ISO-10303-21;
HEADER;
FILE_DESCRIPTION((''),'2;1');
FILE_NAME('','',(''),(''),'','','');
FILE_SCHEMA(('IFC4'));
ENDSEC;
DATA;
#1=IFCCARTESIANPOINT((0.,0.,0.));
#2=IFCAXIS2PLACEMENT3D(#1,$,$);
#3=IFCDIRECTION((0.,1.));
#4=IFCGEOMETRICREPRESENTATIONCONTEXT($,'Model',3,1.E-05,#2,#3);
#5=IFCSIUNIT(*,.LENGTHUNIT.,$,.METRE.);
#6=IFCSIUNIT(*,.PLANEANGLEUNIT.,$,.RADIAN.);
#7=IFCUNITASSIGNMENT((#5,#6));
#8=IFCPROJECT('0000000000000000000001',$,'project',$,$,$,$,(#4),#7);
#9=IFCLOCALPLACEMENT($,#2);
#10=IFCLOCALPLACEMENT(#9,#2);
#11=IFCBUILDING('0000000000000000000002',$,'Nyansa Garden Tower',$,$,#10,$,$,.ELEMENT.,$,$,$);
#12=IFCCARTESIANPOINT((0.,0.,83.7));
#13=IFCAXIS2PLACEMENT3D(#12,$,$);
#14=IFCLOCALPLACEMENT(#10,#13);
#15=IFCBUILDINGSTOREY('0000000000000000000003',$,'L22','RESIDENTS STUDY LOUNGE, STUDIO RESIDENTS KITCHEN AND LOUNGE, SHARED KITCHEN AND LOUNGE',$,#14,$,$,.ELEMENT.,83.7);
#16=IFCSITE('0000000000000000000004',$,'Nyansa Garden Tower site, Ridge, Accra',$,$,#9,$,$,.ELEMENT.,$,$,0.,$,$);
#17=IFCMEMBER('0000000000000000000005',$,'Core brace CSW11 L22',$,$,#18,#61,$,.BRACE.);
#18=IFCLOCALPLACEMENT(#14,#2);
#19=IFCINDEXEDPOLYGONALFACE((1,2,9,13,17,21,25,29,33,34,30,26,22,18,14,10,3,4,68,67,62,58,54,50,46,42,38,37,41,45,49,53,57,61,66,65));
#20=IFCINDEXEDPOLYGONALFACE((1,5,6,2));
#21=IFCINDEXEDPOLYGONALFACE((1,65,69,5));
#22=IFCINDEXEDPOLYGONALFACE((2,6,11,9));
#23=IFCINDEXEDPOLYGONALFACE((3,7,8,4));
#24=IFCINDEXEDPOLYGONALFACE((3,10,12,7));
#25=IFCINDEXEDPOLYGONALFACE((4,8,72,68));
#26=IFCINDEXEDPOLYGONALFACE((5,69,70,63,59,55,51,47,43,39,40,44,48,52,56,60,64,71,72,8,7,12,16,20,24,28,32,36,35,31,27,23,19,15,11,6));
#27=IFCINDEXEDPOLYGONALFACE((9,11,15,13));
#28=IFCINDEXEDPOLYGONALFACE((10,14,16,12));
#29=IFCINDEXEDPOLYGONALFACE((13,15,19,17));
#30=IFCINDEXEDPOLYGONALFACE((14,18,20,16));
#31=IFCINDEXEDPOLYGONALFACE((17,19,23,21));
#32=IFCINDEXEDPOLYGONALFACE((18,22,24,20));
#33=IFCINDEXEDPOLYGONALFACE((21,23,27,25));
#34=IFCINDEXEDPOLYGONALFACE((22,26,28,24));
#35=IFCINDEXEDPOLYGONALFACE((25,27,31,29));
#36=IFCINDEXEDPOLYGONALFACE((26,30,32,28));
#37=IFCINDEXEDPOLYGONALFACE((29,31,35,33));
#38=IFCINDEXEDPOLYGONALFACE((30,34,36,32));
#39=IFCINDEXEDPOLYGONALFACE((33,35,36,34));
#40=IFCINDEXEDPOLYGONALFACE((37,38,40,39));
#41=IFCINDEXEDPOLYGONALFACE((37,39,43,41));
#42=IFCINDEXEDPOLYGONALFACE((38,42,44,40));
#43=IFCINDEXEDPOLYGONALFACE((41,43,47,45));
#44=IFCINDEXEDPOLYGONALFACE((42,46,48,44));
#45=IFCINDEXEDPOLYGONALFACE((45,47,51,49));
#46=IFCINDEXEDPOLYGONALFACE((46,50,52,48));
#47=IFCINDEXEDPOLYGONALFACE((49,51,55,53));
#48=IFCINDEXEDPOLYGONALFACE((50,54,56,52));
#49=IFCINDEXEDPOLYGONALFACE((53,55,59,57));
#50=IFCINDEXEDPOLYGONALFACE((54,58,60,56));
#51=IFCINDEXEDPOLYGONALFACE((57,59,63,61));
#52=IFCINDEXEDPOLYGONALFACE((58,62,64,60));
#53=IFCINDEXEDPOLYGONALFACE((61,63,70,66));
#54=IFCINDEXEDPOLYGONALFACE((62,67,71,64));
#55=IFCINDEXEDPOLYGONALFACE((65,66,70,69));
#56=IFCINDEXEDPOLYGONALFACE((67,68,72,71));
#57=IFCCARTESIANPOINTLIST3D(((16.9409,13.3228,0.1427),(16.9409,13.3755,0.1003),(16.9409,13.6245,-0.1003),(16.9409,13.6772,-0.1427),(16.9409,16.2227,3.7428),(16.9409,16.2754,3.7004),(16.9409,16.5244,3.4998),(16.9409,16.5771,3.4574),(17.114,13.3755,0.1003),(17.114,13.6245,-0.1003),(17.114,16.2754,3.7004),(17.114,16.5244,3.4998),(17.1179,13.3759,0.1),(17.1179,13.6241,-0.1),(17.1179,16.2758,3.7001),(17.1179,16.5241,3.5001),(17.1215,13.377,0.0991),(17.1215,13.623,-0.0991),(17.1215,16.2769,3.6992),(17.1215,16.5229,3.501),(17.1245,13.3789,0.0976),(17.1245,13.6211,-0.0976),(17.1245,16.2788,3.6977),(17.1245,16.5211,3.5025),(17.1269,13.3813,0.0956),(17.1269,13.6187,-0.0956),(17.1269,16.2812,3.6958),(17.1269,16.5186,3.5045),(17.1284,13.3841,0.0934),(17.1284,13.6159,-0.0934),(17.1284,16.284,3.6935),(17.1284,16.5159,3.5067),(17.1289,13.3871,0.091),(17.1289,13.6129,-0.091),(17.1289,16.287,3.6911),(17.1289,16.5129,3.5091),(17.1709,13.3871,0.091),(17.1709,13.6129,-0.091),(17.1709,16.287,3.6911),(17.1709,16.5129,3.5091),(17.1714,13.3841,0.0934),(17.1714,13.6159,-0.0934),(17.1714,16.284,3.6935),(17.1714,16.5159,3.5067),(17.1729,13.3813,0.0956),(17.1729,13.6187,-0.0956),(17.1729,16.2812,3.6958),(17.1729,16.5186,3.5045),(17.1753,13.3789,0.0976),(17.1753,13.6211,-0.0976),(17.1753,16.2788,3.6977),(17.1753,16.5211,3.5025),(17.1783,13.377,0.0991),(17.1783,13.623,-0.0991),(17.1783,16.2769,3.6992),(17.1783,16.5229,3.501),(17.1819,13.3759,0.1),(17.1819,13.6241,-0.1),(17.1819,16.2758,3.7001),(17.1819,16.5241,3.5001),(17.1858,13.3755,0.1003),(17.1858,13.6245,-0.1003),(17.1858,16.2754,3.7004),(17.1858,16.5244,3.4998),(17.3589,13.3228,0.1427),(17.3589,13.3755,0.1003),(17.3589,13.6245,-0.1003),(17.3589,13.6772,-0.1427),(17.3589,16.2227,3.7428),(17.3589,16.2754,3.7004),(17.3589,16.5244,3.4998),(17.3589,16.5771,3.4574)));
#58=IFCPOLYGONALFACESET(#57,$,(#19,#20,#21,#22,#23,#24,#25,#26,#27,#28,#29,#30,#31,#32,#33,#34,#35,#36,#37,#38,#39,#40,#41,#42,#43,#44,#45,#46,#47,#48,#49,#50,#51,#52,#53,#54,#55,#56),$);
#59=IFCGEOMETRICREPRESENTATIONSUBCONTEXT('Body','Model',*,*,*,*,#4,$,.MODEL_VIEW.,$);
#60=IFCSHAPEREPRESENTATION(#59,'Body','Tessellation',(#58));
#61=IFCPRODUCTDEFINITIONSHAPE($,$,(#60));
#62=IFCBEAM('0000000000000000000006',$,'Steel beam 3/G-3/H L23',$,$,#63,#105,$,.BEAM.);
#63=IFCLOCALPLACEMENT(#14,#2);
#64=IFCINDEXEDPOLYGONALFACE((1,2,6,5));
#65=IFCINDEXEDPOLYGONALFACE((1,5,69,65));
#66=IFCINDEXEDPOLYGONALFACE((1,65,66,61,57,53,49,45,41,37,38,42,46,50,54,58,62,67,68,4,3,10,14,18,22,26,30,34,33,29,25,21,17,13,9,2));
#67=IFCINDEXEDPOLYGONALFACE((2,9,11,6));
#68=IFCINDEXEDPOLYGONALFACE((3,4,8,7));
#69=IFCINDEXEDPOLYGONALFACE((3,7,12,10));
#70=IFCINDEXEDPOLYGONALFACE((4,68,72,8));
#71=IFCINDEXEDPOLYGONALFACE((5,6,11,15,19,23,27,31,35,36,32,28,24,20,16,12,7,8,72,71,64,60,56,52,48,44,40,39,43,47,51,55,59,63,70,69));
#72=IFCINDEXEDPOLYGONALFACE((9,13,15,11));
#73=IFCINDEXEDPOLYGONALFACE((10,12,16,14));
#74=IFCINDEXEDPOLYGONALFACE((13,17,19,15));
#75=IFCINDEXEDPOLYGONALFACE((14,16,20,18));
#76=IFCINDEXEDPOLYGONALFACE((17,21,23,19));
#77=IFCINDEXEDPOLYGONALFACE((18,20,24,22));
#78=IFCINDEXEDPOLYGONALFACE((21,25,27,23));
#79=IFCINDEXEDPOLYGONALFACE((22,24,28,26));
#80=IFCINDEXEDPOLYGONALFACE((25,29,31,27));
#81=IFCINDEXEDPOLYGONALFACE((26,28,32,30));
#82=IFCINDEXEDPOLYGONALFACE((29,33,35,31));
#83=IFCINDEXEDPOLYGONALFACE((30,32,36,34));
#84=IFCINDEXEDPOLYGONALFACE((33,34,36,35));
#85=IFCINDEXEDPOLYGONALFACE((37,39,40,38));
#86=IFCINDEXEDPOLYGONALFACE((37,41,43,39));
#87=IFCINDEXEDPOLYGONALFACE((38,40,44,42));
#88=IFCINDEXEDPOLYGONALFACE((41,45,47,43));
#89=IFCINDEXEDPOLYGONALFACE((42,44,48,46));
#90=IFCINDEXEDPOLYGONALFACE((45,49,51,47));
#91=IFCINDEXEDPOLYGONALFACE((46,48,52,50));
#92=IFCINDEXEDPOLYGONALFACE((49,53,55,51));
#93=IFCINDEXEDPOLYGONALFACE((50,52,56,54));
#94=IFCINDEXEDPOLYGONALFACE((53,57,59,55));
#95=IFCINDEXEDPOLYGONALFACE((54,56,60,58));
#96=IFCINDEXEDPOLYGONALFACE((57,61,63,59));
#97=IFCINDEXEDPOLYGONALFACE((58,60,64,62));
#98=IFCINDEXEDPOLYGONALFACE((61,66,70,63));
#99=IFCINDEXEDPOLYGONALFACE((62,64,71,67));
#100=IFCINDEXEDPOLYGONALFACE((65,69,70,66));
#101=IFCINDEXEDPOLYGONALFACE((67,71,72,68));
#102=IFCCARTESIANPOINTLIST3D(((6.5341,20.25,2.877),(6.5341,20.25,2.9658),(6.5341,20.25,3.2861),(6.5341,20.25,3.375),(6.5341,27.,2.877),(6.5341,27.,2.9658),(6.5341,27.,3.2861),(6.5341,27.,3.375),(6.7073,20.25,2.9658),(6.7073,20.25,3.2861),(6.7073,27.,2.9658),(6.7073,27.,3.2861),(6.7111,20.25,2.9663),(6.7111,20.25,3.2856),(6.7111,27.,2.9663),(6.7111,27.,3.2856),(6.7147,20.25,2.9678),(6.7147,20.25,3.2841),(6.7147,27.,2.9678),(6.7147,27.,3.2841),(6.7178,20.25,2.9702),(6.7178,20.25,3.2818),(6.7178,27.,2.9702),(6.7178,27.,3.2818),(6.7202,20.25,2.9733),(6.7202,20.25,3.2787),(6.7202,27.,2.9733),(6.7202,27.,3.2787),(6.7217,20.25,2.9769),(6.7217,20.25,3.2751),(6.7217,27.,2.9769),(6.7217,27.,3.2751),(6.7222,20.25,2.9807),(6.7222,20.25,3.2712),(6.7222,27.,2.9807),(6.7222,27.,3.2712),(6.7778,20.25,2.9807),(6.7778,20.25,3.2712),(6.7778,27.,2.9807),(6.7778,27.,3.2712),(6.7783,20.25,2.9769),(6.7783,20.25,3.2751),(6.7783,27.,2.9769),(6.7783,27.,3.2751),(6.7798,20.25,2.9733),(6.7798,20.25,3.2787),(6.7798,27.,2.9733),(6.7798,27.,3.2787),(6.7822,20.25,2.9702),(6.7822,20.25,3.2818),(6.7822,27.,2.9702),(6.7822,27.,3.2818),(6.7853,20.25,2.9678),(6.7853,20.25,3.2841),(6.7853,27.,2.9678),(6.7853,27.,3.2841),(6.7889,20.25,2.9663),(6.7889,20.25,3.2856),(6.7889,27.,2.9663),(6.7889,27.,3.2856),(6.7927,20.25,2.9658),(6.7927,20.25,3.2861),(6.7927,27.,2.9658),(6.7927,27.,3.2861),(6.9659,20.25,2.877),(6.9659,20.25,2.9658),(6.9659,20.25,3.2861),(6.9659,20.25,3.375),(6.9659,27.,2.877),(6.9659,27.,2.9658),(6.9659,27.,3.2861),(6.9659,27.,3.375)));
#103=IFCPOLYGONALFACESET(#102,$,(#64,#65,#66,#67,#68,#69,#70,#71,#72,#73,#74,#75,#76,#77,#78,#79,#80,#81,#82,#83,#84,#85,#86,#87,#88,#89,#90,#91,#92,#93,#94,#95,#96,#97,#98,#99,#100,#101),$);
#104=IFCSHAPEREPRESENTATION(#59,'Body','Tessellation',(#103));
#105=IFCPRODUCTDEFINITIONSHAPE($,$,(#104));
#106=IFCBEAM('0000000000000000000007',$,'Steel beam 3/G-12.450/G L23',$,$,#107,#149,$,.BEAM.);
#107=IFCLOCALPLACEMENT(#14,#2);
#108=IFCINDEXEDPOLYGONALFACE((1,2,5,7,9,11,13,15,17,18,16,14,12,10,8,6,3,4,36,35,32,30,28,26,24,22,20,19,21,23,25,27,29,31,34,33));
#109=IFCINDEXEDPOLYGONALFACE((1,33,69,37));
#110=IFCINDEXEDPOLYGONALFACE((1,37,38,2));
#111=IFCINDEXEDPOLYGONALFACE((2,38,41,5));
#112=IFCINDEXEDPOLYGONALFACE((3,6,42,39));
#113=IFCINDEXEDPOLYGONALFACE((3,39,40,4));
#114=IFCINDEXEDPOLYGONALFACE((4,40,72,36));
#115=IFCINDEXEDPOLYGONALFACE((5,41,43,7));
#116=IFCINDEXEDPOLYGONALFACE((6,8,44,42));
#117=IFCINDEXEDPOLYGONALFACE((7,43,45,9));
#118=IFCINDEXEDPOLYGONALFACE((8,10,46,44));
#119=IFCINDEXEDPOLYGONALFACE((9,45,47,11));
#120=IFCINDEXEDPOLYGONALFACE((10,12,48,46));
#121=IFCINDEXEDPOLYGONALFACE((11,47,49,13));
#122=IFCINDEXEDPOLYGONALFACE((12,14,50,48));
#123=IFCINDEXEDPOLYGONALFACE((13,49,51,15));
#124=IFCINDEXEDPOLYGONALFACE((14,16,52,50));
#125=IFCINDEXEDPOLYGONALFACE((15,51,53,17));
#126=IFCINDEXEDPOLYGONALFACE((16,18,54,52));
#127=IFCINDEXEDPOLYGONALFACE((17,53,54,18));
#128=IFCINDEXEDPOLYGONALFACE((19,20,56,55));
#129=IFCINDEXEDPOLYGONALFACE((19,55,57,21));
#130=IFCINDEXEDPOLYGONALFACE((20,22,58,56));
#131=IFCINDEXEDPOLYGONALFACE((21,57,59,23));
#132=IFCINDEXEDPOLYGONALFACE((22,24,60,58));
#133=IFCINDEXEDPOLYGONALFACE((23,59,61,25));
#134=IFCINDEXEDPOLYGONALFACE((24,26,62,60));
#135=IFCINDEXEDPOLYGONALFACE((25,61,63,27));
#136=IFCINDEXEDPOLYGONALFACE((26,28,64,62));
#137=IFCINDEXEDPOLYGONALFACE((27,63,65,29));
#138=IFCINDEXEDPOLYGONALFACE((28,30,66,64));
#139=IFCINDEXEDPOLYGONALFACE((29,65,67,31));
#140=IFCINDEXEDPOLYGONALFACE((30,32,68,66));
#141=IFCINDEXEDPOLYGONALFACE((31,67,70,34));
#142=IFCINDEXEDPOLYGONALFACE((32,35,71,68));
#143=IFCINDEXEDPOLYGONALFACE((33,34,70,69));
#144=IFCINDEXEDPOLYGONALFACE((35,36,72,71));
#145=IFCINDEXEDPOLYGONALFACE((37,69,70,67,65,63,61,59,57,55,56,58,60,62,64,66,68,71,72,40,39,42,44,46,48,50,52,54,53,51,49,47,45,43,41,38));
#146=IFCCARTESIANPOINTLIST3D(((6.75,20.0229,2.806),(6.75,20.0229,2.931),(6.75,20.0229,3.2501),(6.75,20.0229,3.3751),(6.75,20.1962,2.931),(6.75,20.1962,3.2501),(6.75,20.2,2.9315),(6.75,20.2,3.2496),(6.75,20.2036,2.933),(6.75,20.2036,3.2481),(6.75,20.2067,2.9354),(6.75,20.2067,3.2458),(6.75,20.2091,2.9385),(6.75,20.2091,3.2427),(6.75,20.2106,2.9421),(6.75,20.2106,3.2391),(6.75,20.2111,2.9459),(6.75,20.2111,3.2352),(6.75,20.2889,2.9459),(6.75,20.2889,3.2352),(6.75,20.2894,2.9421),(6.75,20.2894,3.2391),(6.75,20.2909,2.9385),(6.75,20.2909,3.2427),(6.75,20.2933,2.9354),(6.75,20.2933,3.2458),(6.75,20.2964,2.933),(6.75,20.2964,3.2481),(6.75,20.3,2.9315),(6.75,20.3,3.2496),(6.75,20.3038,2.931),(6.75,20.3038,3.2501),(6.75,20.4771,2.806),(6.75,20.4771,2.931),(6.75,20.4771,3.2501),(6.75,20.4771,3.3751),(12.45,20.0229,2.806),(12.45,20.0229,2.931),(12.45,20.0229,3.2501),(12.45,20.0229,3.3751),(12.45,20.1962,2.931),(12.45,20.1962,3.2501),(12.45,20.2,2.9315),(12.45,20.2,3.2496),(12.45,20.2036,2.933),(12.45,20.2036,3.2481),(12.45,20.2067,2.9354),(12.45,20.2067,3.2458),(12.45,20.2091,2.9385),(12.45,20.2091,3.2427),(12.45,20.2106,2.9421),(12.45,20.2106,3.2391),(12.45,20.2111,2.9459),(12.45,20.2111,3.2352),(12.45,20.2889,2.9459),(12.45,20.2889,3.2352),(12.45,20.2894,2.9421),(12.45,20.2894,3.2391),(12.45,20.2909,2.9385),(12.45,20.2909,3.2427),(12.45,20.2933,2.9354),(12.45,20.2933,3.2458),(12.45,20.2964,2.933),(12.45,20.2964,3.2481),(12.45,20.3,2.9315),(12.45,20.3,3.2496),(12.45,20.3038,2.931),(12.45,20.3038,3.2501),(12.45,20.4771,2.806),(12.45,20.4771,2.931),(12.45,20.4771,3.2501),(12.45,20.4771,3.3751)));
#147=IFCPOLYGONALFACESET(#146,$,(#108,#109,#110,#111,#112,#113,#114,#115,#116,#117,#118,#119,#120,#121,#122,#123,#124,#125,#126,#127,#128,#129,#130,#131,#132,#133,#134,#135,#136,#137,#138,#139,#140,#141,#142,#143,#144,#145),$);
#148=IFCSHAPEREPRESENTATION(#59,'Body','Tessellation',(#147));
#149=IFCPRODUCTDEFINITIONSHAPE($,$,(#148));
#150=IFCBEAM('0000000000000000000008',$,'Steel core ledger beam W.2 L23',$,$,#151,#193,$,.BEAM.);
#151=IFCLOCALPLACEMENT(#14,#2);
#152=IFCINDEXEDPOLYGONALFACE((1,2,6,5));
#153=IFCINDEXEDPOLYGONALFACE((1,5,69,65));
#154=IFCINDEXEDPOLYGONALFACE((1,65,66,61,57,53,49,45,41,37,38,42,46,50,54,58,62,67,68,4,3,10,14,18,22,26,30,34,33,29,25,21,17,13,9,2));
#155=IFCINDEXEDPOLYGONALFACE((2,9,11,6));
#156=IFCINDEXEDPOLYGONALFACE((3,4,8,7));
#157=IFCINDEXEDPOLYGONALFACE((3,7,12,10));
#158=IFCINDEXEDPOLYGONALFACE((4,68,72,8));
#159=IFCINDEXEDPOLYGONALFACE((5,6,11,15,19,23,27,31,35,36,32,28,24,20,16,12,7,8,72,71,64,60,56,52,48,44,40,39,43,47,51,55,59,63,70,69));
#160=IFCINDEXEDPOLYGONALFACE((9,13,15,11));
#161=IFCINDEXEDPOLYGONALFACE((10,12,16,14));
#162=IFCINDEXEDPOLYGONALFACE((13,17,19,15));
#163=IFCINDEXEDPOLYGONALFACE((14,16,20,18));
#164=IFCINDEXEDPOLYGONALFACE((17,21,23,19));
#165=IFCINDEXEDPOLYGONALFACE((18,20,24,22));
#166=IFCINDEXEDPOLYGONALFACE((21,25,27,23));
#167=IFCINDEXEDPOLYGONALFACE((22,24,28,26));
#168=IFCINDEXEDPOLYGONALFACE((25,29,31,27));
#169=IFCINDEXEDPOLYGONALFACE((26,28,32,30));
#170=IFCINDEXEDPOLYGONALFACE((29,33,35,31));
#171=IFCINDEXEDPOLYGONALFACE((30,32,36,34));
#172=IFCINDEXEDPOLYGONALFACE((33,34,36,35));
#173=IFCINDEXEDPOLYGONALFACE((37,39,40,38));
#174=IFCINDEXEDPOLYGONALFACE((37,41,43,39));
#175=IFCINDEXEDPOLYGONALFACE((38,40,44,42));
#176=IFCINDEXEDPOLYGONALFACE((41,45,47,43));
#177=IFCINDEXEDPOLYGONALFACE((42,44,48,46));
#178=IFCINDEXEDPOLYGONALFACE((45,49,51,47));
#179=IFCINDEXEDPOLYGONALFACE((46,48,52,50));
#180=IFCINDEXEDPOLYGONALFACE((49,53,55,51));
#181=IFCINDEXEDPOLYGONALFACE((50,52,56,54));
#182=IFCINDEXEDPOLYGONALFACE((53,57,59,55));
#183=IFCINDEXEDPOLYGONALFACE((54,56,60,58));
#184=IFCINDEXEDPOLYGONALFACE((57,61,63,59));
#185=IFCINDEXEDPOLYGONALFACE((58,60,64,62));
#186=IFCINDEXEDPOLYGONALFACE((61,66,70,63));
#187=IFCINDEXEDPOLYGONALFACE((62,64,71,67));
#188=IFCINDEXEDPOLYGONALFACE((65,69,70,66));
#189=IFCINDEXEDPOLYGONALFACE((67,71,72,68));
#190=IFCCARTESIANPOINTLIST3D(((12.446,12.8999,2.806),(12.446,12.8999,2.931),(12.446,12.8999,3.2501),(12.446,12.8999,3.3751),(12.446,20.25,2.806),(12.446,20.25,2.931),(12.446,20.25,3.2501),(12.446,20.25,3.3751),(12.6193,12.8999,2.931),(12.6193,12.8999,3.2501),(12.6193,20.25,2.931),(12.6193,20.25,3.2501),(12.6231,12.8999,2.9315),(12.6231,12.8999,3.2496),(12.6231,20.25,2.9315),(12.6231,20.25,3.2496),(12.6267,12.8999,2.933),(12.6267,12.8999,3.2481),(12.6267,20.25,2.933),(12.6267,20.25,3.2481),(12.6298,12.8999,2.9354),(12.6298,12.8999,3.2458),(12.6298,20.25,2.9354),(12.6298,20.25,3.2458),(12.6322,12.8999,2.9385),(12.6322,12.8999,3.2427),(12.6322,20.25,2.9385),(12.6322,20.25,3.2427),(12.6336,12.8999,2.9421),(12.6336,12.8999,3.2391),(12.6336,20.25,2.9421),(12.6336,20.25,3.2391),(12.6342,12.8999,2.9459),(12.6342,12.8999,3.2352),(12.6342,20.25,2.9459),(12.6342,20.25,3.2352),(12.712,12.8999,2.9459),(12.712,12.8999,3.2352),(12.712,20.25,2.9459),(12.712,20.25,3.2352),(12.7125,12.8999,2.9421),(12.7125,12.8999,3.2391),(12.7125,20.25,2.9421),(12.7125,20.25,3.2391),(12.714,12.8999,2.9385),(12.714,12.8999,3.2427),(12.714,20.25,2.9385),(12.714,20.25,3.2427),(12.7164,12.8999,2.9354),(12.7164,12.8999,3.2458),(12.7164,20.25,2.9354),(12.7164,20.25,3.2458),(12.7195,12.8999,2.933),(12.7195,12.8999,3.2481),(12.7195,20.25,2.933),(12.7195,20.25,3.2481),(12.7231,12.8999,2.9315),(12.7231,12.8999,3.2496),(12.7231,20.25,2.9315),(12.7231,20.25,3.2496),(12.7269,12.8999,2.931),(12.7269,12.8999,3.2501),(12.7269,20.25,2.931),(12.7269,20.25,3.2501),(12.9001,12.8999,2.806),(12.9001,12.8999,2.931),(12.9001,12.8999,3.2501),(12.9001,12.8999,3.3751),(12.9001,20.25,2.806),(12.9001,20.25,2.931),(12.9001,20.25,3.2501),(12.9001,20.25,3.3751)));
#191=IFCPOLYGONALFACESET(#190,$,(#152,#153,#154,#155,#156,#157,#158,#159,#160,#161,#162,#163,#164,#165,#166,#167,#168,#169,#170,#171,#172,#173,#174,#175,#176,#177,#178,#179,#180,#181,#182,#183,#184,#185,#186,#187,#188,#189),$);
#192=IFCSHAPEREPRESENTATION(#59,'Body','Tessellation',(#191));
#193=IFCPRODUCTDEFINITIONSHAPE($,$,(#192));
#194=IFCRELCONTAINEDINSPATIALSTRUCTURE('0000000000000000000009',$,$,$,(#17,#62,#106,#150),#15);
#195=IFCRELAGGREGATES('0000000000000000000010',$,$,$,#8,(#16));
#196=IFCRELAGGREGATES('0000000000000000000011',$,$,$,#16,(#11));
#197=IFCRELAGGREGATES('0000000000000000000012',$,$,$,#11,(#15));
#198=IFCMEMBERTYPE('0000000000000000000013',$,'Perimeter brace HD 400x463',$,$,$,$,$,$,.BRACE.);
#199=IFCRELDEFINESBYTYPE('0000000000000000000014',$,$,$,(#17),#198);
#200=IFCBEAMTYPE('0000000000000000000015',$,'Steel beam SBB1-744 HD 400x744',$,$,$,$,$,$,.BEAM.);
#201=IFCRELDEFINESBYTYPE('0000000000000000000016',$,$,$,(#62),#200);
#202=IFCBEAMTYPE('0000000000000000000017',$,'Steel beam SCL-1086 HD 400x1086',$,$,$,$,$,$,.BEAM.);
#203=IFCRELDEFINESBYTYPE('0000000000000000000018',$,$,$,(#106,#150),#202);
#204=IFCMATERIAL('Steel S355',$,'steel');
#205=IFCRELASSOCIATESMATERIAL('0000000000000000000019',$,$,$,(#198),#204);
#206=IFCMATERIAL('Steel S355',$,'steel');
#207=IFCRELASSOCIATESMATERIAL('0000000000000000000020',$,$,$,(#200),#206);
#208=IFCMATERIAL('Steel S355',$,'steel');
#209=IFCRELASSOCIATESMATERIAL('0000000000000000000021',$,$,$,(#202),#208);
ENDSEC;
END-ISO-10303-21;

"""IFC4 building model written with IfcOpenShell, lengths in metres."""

from ifc_helpers import new_model, si_unit, direction, frame, origin, origin_2d, place, context, subcontext, project, spatial, i_section, extrude, material, material_profile, profile_set, type_object, element, save


model = new_model("IFC4")

# Units and contexts
model_context = context("Model", 3, precision=1e-05, world=origin(), true_north=direction((0.0, 1.0)))
body_context = subcontext(model_context, "Body", "Model", "MODEL_VIEW")
ifc_project = project(units=[si_unit("LENGTHUNIT", "METRE"), si_unit("PLANEANGLEUNIT", "RADIAN")], contexts=[model_context])

# Site, building, storey
site_placement = place(None, origin())
site = spatial("IfcSite", under=ifc_project, at=site_placement, Name="Nyansa Garden Tower site, Ridge, Accra", CompositionType="ELEMENT", RefElevation=0.0)
building_placement = place(site_placement, origin())
building = spatial("IfcBuilding", under=site, at=building_placement, Name="Nyansa Garden Tower", CompositionType="ELEMENT")
storey_placement = place(building_placement, frame((0.0, 0.0, 83.7)))
storey = spatial("IfcBuildingStorey", under=building, at=storey_placement, Name="L22", Description="RESIDENTS STUDY LOUNGE, STUDIO RESIDENTS KITCHEN AND LOUNGE, SHARED KITCHEN AND LOUNGE", CompositionType="ELEMENT", Elevation=83.7)

# Member
ifc_material_1 = material(Name="Steel S355", Category="steel")
ifc_material_profile_1 = material_profile(ifc_material_1, i_section(OverallWidth=0.418, OverallDepth=0.4551, WebThickness=0.042, FlangeThickness=0.0676, FilletRadius=0.0149, at=origin_2d()), Name="HD 400x463")
ifc_profile_set_1 = profile_set([ifc_material_profile_1], Name="Steel S355")
member_type = type_object("IfcMemberType", Name="Perimeter brace HD 400x463", PredefinedType="BRACE", material=ifc_profile_set_1)
member_1_placement = place(storey_placement, frame((17.1499, 13.5, 0.0), z_axis=(0.0, 0.627306, 0.778773), x_axis=(-1.0, 0.0, 0.0)))
element("IfcMember", 1, at=member_1_placement, inside=storey, type_object=member_type, Name="Core brace CSW11 L22", PredefinedType="BRACE", context=body_context, shape_type="SweptSolid", body=[
    extrude(i_section(OverallWidth=0.418, OverallDepth=0.4551, WebThickness=0.042, FlangeThickness=0.0676, FilletRadius=0.0149, at=origin_2d()), origin(), (0.0, 0.0, 1.0), 4.6228),
])

# Beams
ifc_material_2 = material(Name="Steel S355", Category="steel")
ifc_material_profile_2 = material_profile(ifc_material_2, i_section(OverallWidth=0.4319, OverallDepth=0.498, WebThickness=0.0557, FlangeThickness=0.0889, FilletRadius=0.0149, at=origin_2d()), Name="HD 400x744")
ifc_profile_set_2 = profile_set([ifc_material_profile_2], Name="Steel S355")
beam_type_1 = type_object("IfcBeamType", Name="Steel beam SBB1-744 HD 400x744", PredefinedType="BEAM", material=ifc_profile_set_2)
beam_1_placement = place(storey_placement, frame((6.75, 20.25, 3.126), z_axis=(0.0, 1.0, 0.0), x_axis=(-1.0, 0.0, 0.0)))
element("IfcBeam", 2, at=beam_1_placement, inside=storey, type_object=beam_type_1, Name="Steel beam 3/G-3/H L23", PredefinedType="BEAM", context=body_context, shape_type="SweptSolid", body=[
    extrude(i_section(OverallWidth=0.4319, OverallDepth=0.498, WebThickness=0.0557, FlangeThickness=0.0889, FilletRadius=0.0149, at=origin_2d()), origin(), (0.0, 0.0, 1.0), 6.75),
])
ifc_material_3 = material(Name="Steel S355", Category="steel")
ifc_material_profile_3 = material_profile(ifc_material_3, i_section(OverallWidth=0.4541, OverallDepth=0.5691, WebThickness=0.0779, FlangeThickness=0.125, FilletRadius=0.0149, at=origin_2d()), Name="HD 400x1086")
ifc_profile_set_3 = profile_set([ifc_material_profile_3], Name="Steel S355")
beam_type_2 = type_object("IfcBeamType", Name="Steel beam SCL-1086 HD 400x1086", PredefinedType="BEAM", material=ifc_profile_set_3)
beam_2_placement = place(storey_placement, frame((6.75, 20.25, 3.0906), z_axis=(1.0, 0.0, 0.0), x_axis=(0.0, 1.0, 0.0)))
element("IfcBeam", 3, at=beam_2_placement, inside=storey, type_object=beam_type_2, Name="Steel beam 3/G-12.450/G L23", PredefinedType="BEAM", context=body_context, shape_type="SweptSolid", body=[
    extrude(i_section(OverallWidth=0.4541, OverallDepth=0.5691, WebThickness=0.0779, FlangeThickness=0.125, FilletRadius=0.0149, at=origin_2d()), origin(), (0.0, 0.0, 1.0), 5.7),
])
beam_3_placement = place(storey_placement, frame((12.6731, 20.25, 3.0906), z_axis=(0.0, -1.0, 0.0), x_axis=(1.0, 0.0, 0.0)))
element("IfcBeam", 4, at=beam_3_placement, inside=storey, type_object=beam_type_2, Name="Steel core ledger beam W.2 L23", PredefinedType="BEAM", context=body_context, shape_type="SweptSolid", body=[
    extrude(i_section(OverallWidth=0.4541, OverallDepth=0.5691, WebThickness=0.0779, FlangeThickness=0.125, FilletRadius=0.0149, at=origin_2d()), origin(), (0.0, 0.0, 1.0), 7.3501),
])

save(model, "model.ifc")
